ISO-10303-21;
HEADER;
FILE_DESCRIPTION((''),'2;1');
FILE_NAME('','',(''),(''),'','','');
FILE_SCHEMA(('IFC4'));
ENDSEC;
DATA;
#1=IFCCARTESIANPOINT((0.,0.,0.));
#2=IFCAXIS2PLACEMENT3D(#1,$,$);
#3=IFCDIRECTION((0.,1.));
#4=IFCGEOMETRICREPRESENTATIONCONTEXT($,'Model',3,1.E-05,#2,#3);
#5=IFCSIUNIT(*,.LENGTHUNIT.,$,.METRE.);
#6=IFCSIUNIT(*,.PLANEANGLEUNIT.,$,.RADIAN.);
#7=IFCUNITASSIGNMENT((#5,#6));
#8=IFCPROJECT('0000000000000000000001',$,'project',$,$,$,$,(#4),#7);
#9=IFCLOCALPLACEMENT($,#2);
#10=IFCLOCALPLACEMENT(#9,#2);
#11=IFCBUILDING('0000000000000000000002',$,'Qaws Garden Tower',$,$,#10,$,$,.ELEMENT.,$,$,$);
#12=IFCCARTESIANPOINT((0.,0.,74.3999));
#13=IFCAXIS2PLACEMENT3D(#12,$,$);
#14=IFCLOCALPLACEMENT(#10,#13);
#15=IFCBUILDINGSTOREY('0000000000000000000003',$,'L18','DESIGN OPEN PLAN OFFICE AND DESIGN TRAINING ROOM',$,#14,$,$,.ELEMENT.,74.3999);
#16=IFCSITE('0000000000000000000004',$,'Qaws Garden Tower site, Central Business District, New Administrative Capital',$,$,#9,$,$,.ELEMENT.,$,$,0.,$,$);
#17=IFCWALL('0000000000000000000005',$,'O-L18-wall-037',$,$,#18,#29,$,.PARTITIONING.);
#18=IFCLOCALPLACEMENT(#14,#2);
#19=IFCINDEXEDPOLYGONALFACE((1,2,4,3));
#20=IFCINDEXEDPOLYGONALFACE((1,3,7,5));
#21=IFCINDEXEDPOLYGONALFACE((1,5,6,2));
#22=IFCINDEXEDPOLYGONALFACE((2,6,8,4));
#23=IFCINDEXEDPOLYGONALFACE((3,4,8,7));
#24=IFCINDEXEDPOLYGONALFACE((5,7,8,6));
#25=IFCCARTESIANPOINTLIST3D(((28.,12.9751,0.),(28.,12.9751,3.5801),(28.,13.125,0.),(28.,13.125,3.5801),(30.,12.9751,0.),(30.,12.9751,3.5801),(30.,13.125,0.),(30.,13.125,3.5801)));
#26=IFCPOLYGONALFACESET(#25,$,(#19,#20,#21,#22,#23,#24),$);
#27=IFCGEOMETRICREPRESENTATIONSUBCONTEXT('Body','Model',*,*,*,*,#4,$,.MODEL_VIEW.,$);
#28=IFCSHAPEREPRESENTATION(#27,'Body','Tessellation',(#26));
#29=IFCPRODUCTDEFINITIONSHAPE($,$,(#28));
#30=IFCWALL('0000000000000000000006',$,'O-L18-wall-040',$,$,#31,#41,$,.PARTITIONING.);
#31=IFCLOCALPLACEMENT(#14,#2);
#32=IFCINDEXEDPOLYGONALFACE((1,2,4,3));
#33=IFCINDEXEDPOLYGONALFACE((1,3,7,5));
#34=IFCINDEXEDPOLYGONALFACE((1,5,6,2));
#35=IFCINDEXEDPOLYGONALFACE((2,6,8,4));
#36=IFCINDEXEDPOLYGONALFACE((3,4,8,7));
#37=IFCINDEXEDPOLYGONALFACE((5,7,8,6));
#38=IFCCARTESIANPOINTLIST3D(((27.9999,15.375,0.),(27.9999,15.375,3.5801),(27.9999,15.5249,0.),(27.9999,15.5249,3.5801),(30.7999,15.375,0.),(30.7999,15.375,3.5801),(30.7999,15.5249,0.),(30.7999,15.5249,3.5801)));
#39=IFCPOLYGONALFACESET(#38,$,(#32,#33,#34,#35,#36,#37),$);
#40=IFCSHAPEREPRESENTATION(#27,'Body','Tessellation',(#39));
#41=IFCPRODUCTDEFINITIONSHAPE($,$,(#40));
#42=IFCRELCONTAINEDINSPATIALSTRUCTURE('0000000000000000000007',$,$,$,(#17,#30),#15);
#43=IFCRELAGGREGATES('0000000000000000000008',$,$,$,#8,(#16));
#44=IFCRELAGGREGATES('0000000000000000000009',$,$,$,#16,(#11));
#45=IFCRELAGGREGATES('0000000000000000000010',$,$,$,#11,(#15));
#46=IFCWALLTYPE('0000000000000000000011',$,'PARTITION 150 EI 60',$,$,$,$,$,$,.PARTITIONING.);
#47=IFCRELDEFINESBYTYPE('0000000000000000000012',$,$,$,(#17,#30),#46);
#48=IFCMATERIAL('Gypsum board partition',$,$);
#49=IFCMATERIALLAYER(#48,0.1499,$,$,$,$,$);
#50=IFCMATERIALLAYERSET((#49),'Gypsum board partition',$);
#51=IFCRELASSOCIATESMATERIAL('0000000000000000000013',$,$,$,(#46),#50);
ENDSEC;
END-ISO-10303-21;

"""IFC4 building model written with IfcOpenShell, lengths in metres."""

from ifc_helpers import new_model, si_unit, direction, frame, frame_2d, origin, place, context, subcontext, project, spatial, rectangle, extrude, material, layer, layer_set, type_object, element, save


model = new_model("IFC4")

# Units and contexts
model_context = context("Model", 3, precision=1e-05, world=origin(), true_north=direction((0.0, 1.0)))
body_context = subcontext(model_context, "Body", "Model", "MODEL_VIEW")
ifc_project = project(units=[si_unit("LENGTHUNIT", "METRE"), si_unit("PLANEANGLEUNIT", "RADIAN")], contexts=[model_context])

# Site, building, storey
site_placement = place(None, origin())
site = spatial("IfcSite", under=ifc_project, at=site_placement, Name="Qaws Garden Tower site, Central Business District, New Administrative Capital", CompositionType="ELEMENT", RefElevation=0.0)
building_placement = place(site_placement, origin())
building = spatial("IfcBuilding", under=site, at=building_placement, Name="Qaws Garden Tower", CompositionType="ELEMENT")
storey_placement = place(building_placement, frame((0.0, 0.0, 74.3999)))
storey = spatial("IfcBuildingStorey", under=building, at=storey_placement, Name="L18", Description="DESIGN OPEN PLAN OFFICE AND DESIGN TRAINING ROOM", CompositionType="ELEMENT", Elevation=74.3999)

# Shared definitions
ifc_material_1 = material(Name="Gypsum board partition")
ifc_layer_1 = layer(ifc_material_1, 0.1499)
ifc_layer_set_1 = layer_set([ifc_layer_1], Name="Gypsum board partition")
wall_type_1 = type_object("IfcWallType", Name="PARTITION 150 EI 60", PredefinedType="PARTITIONING", material=ifc_layer_set_1)

# Walls
wall_1_placement = place(storey_placement, frame((28.0, 13.05, 0.0), z_axis=(0.0, 0.0, 1.0), x_axis=(1.0, 0.0, 0.0)))
element("IfcWall", 1, at=wall_1_placement, inside=storey, type_object=wall_type_1, Name="O-L18-wall-037", PredefinedType="PARTITIONING", context=body_context, shape_type="SweptSolid", body=[
    extrude(rectangle(XDim=2.0, YDim=0.1499, at=frame_2d((1.0, 0.0))), origin(), (0.0, 0.0, 1.0), 3.5801),
])
wall_2_placement = place(storey_placement, frame((28.0, 15.45, 0.0), z_axis=(0.0, 0.0, 1.0), x_axis=(1.0, 0.0, 0.0)))
element("IfcWall", 2, at=wall_2_placement, inside=storey, type_object=wall_type_1, Name="O-L18-wall-040", PredefinedType="PARTITIONING", context=body_context, shape_type="SweptSolid", body=[
    extrude(rectangle(XDim=2.8, YDim=0.1499, at=frame_2d((1.3999, 0.0))), origin(), (0.0, 0.0, 1.0), 3.5801),
])

save(model, "model.ifc")
